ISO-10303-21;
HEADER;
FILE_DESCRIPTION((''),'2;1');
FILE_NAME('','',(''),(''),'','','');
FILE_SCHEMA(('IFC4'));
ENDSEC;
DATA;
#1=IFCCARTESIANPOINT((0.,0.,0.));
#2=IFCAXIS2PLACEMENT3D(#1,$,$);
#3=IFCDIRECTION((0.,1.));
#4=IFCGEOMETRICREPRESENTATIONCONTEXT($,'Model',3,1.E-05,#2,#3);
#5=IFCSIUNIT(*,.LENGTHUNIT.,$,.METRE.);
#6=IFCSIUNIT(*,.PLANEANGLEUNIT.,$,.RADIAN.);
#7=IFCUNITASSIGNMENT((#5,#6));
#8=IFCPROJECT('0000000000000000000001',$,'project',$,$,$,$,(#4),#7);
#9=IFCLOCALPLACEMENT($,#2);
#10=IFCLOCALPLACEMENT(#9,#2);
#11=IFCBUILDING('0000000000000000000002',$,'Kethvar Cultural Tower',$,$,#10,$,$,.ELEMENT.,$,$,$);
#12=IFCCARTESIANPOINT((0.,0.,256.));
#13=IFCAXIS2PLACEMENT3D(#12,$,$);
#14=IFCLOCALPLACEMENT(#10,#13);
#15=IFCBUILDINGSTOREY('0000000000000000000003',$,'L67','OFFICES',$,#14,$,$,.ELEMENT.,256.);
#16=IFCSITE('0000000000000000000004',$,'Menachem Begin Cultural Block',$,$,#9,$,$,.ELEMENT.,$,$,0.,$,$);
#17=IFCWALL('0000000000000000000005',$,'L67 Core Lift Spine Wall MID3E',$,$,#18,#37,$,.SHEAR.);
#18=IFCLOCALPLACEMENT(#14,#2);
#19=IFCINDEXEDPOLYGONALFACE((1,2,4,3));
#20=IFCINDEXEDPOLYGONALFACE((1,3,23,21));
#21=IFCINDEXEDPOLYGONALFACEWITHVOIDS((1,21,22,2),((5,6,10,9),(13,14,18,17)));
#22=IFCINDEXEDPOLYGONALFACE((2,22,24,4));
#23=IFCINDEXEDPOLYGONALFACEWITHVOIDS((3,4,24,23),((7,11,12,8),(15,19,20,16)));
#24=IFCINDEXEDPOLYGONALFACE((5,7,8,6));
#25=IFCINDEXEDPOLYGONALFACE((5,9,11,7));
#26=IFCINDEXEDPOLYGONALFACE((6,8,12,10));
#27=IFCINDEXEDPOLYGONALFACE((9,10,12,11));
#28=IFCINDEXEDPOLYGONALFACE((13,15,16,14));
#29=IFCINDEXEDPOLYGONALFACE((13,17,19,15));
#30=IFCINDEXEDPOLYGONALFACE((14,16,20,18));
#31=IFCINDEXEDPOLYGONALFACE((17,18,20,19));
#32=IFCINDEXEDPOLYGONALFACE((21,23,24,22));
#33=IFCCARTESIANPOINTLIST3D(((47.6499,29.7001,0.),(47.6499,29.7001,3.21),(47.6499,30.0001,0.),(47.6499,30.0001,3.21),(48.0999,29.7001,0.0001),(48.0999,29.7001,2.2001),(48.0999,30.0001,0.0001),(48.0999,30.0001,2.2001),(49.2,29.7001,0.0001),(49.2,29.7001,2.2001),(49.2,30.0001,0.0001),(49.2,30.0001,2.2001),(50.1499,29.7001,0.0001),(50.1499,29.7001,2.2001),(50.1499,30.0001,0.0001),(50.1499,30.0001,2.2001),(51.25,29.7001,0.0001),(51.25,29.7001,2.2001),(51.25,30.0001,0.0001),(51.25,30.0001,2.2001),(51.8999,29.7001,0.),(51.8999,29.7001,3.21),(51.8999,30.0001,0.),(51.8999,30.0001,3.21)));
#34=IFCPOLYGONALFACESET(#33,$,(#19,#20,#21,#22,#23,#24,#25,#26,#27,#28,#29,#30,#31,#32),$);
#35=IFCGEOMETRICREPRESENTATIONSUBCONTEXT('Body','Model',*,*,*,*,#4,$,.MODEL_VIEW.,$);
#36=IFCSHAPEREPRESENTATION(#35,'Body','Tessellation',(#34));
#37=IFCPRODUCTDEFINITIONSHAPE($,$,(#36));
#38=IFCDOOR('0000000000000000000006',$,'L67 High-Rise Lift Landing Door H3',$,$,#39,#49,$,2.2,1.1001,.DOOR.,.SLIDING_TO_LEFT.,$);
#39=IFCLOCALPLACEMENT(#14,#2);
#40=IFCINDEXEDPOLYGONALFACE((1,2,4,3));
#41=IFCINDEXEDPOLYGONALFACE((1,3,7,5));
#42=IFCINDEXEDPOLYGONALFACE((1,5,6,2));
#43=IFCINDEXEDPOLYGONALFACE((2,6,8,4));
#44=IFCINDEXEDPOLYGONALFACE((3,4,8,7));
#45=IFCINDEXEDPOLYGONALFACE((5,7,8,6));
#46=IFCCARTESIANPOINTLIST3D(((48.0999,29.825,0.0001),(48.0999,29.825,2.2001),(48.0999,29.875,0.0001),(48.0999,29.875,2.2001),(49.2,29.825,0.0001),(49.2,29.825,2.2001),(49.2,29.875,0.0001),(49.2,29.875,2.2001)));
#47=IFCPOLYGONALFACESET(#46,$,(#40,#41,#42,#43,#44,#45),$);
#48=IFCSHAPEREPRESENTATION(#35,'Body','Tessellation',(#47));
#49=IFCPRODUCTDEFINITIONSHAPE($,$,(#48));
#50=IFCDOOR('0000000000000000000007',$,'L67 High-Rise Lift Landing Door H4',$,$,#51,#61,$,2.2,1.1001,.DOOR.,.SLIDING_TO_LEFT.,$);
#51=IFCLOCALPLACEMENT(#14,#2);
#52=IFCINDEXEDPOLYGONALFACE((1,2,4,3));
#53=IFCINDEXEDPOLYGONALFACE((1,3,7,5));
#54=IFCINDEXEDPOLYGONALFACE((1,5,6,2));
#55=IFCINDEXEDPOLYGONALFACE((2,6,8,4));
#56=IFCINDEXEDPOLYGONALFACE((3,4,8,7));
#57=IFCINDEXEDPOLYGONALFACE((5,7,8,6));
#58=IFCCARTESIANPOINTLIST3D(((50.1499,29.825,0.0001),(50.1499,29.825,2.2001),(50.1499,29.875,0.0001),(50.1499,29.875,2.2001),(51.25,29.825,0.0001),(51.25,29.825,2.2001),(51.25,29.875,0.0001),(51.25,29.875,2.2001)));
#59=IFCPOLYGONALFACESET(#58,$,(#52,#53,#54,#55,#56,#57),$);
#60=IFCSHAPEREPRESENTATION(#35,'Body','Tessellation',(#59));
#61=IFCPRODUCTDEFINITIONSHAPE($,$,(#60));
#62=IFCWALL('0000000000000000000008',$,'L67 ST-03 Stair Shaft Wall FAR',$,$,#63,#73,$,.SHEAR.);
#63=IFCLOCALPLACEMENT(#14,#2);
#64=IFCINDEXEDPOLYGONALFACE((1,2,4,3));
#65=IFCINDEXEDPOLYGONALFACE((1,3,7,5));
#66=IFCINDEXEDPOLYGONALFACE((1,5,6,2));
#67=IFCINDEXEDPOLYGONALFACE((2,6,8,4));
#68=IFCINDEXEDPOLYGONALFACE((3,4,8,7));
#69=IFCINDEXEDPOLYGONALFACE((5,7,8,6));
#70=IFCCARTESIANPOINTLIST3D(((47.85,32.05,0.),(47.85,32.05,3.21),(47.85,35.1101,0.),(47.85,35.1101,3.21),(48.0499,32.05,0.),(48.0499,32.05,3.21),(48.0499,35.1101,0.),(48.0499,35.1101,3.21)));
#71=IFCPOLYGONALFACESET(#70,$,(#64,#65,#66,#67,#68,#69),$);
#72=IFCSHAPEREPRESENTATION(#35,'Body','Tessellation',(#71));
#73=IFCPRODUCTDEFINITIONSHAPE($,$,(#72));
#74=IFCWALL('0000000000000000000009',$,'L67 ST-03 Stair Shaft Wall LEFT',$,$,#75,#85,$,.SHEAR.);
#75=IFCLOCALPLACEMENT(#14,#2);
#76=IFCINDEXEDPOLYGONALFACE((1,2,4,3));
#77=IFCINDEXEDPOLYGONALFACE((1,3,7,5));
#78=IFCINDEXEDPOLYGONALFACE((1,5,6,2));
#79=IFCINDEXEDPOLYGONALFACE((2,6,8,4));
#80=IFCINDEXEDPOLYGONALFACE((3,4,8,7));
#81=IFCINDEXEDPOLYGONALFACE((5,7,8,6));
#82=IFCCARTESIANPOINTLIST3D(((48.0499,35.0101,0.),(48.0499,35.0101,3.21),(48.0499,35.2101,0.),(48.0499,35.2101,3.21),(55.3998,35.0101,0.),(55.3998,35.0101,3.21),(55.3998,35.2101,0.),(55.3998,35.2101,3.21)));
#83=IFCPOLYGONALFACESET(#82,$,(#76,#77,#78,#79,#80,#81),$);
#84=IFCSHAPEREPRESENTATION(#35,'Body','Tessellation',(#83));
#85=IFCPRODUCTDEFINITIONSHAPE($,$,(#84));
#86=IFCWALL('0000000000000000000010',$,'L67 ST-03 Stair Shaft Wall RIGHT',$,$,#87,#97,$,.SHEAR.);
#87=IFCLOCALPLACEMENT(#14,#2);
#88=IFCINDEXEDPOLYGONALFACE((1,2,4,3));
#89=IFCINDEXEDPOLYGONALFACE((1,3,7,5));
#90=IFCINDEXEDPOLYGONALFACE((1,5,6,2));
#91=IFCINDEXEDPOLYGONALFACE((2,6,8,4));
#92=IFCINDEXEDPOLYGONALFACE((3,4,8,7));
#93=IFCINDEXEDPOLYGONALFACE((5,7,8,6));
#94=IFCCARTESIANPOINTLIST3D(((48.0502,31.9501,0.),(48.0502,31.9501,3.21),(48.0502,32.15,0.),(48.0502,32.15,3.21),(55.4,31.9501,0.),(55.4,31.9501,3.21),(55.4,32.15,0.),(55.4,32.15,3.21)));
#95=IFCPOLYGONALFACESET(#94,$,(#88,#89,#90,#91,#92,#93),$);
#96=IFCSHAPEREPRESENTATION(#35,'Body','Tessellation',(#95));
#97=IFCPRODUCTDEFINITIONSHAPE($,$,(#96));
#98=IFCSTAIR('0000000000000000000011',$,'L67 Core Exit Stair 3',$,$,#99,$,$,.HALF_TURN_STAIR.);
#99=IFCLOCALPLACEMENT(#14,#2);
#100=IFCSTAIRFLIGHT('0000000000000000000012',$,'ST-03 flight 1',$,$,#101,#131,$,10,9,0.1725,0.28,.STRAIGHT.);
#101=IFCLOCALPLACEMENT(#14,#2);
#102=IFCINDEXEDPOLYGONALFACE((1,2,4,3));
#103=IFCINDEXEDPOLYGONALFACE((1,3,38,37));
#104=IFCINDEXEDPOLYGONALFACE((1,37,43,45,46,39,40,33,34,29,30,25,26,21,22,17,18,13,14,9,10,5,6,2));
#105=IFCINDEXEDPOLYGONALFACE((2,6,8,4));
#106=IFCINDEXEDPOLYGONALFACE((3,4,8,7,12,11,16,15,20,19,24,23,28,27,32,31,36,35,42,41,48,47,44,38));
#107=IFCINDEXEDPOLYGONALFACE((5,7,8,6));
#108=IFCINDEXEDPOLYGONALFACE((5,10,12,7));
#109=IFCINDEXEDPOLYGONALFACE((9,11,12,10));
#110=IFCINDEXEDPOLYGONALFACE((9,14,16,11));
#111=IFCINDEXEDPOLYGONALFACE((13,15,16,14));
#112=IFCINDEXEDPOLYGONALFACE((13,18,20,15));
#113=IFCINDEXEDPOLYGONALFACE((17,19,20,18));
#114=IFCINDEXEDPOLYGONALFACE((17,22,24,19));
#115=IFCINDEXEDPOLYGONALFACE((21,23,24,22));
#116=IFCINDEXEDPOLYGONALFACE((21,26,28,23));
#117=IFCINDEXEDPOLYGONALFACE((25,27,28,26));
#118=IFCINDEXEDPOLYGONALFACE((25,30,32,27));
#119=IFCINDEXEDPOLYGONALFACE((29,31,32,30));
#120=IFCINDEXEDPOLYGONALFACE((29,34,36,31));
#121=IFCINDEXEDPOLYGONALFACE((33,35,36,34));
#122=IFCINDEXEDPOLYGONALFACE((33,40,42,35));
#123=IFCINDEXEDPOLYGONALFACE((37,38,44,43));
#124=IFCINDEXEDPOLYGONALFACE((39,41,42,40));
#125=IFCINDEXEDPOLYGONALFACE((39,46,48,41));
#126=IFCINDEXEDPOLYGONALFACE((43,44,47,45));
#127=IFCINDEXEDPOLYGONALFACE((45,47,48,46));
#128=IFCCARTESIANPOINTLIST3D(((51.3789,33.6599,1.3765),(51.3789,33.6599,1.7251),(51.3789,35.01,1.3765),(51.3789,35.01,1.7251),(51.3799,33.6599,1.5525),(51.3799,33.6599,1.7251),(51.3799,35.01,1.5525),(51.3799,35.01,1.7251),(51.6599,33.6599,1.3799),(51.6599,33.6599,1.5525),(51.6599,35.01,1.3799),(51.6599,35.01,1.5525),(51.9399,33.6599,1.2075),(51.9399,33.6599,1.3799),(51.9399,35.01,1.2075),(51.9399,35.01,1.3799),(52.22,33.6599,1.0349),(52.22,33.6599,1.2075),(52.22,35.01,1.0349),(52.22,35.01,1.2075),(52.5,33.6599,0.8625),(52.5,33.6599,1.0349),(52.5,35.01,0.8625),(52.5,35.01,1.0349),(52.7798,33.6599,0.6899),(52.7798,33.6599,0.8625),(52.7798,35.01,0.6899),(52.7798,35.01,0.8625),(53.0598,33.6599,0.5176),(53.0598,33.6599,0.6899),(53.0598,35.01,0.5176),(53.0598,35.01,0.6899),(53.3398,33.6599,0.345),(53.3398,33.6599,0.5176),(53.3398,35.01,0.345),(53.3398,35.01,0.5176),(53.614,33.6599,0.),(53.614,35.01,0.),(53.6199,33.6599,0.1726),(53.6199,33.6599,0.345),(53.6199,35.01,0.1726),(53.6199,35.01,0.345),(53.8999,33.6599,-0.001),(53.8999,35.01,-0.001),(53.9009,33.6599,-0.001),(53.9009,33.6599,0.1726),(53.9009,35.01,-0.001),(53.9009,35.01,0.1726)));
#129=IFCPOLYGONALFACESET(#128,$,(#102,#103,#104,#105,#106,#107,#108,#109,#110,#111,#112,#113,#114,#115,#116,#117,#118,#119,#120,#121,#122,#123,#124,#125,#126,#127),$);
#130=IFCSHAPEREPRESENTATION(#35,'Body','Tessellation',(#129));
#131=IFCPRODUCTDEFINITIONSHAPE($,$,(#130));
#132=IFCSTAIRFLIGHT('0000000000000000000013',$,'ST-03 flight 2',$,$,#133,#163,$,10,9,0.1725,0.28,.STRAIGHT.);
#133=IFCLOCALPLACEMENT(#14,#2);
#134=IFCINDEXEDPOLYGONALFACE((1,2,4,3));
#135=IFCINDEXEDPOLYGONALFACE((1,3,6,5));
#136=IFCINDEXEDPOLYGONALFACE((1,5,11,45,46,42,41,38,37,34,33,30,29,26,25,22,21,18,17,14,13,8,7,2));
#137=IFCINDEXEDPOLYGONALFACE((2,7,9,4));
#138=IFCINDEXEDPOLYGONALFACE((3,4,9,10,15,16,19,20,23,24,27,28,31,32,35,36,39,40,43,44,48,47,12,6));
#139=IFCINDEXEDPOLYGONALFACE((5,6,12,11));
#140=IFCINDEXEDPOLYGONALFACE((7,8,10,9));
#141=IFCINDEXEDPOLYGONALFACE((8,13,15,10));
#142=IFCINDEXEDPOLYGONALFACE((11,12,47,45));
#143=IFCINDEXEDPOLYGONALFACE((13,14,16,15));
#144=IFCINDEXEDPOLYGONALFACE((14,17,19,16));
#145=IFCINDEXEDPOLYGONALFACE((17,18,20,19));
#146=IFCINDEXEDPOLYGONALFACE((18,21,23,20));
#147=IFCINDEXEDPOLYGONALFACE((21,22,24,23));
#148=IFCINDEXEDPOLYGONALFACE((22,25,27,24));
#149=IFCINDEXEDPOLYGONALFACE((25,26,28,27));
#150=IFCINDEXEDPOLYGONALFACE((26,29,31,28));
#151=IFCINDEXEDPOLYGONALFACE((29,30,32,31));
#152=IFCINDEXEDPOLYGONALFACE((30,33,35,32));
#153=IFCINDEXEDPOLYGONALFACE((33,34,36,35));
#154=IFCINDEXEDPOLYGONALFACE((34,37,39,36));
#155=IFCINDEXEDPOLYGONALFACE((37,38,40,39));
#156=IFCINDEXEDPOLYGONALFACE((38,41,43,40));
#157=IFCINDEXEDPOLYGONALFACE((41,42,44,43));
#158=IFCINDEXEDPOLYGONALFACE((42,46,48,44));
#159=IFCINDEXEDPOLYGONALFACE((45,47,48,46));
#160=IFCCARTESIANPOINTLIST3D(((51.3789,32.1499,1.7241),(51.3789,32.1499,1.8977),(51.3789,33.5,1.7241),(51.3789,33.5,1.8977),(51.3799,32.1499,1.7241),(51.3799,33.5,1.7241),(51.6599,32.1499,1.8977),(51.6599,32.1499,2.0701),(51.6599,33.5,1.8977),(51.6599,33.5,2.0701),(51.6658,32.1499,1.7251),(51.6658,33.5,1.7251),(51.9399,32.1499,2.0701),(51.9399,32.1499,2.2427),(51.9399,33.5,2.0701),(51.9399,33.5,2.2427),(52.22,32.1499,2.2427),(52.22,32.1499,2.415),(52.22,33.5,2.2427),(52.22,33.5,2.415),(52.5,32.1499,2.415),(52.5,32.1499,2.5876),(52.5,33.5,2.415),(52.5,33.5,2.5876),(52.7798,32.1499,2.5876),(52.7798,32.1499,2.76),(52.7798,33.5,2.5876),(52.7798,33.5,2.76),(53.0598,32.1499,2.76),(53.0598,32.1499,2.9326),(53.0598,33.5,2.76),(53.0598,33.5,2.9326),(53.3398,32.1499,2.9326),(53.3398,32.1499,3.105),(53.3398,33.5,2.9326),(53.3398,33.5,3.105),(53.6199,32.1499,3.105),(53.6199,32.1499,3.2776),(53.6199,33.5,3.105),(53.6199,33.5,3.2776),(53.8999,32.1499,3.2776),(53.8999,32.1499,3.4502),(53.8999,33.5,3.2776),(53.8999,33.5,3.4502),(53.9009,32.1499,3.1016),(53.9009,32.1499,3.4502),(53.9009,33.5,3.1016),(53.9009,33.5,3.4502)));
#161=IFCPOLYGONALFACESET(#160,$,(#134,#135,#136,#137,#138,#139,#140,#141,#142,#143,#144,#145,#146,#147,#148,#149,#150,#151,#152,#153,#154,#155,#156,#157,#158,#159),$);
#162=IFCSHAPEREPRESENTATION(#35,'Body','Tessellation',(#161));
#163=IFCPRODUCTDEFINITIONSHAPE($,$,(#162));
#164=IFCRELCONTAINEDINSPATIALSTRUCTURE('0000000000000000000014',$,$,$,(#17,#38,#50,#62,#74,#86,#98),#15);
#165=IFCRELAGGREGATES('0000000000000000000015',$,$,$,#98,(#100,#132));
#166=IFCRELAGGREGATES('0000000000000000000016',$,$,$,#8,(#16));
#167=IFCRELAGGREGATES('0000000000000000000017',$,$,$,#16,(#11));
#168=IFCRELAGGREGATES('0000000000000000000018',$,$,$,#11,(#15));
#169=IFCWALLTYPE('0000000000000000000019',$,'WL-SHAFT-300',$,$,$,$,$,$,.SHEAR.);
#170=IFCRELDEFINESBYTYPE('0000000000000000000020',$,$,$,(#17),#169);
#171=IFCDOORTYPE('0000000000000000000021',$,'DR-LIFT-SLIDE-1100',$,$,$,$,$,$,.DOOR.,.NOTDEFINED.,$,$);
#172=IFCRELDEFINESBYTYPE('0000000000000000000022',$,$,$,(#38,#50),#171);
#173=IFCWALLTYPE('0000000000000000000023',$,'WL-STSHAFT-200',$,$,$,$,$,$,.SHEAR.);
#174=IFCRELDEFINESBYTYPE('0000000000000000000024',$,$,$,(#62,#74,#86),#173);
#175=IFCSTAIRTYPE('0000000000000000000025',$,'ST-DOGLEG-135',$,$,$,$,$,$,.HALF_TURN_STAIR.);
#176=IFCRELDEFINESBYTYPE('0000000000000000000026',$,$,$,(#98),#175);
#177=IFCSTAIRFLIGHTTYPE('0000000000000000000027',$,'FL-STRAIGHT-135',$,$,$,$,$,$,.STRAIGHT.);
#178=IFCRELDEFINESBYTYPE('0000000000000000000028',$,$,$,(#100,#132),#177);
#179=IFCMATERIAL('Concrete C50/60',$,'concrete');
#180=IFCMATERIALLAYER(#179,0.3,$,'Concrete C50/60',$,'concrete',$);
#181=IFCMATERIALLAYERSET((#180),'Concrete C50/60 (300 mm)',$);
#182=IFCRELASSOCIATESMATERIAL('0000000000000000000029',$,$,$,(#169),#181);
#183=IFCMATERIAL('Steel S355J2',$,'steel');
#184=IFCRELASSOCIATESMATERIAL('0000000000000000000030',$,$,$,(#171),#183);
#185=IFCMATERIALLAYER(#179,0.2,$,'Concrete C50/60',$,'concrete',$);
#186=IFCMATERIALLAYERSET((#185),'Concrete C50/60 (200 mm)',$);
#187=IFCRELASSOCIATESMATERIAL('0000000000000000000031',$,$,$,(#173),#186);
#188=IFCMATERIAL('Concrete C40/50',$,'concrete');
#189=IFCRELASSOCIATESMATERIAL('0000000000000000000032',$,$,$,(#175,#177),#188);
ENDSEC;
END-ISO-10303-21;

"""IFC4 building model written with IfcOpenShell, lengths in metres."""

from ifc_helpers import new_model, si_unit, direction, frame, frame_2d, origin, place, context, subcontext, project, spatial, polyline, rectangle, outline, extrude, source, transform, mapped, material, layer, layer_set, type_object, element, fill, aggregate, save


model = new_model("IFC4")

# Units and contexts
model_context = context("Model", 3, precision=1e-05, world=origin(), true_north=direction((0.0, 1.0)))
body_context = subcontext(model_context, "Body", "Model", "MODEL_VIEW")
ifc_project = project(units=[si_unit("LENGTHUNIT", "METRE"), si_unit("PLANEANGLEUNIT", "RADIAN")], contexts=[model_context])

# Site, building, storey
site_placement = place(None, origin())
site = spatial("IfcSite", under=ifc_project, at=site_placement, Name="Menachem Begin Cultural Block", CompositionType="ELEMENT", RefElevation=0.0)
building_placement = place(site_placement, origin())
building = spatial("IfcBuilding", under=site, at=building_placement, Name="Kethvar Cultural Tower", CompositionType="ELEMENT")
storey_placement = place(building_placement, frame((0.0, 0.0, 256.0)))
storey = spatial("IfcBuildingStorey", under=building, at=storey_placement, Name="L67", Description="OFFICES", CompositionType="ELEMENT", Elevation=256.0)

# Shared definitions
ifc_material_1 = material(Name="Steel S355J2", Category="steel")

# Shared definitions
ifc_material_2 = material(Name="Concrete C40/50", Category="concrete")

# Wall, openings, doors
ifc_material_3 = material(Name="Concrete C50/60", Category="concrete")
ifc_layer_1 = layer(ifc_material_3, 0.3, Name="Concrete C50/60", Category="concrete")
ifc_layer_set_1 = layer_set([ifc_layer_1], Name="Concrete C50/60 (300 mm)")
wall_type_1 = type_object("IfcWallType", Name="WL-SHAFT-300", PredefinedType="SHEAR", material=ifc_layer_set_1)
wall_1_placement = place(storey_placement, frame((47.6499, 29.8501, 0.0), z_axis=(0.0, 0.0, 1.0), x_axis=(1.0, 0.0, 0.0)))
wall_1 = element("IfcWall", 1, at=wall_1_placement, inside=storey, type_object=wall_type_1, Name="L67 Core Lift Spine Wall MID3E", PredefinedType="SHEAR", context=body_context, shape_type="SweptSolid", body=[
    extrude(rectangle(XDim=4.25, YDim=0.3, at=frame_2d((2.125, 0.0))), origin(), (0.0, 0.0, 1.0), 3.21),
])
opening_1_placement = place(wall_1_placement, frame((0.45, 0.0, 0.0)))
opening_1 = element("IfcOpeningElement", 2, at=opening_1_placement, cuts=wall_1, PredefinedType="OPENING", context=body_context, shape_type="SweptSolid", body=[
    extrude(rectangle(XDim=1.1001, YDim=2.2, at=frame_2d((0.55, 1.1001))), frame((0.0, 0.1599, 0.0), z_axis=(0.0, -1.0, 0.0), x_axis=(1.0, 0.0, 0.0)), (0.0, 0.0, 1.0), 0.3201),
])
opening_2_placement = place(wall_1_placement, frame((2.5, 0.0, 0.0)))
opening_2 = element("IfcOpeningElement", 3, at=opening_2_placement, cuts=wall_1, PredefinedType="OPENING", context=body_context, shape_type="SweptSolid", body=[
    extrude(rectangle(XDim=1.1001, YDim=2.2, at=frame_2d((0.55, 1.1001))), frame((0.0, 0.1599, 0.0), z_axis=(0.0, -1.0, 0.0), x_axis=(1.0, 0.0, 0.0)), (0.0, 0.0, 1.0), 0.3201),
])
door_type = type_object("IfcDoorType", Name="DR-LIFT-SLIDE-1100", OperationType="NOTDEFINED", PredefinedType="DOOR", material=ifc_material_1)
shared_shape_1 = source(origin(), body_context, "Body", "SweptSolid", [
    extrude(rectangle(XDim=1.1001, YDim=2.2, at=frame_2d((0.55, 1.1001))), frame((0.0, 0.0249, 0.0), z_axis=(0.0, -1.0, 0.0), x_axis=(1.0, 0.0, 0.0)), (0.0, 0.0, 1.0), 0.05),
])
door_1_placement = place(opening_1_placement, origin())
door_1 = element("IfcDoor", 4, at=door_1_placement, inside=storey, type_object=door_type, Name="L67 High-Rise Lift Landing Door H3", OperationType="SLIDING_TO_LEFT", OverallHeight=2.2, OverallWidth=1.1001, PredefinedType="DOOR", context=body_context, shape_type="MappedRepresentation", body=[
    mapped(shared_shape_1, transform((0.0, 0.0, 0.0), scale=1.0)),
])
fill(opening_1, door_1)
door_2_placement = place(opening_2_placement, origin())
door_2 = element("IfcDoor", 5, at=door_2_placement, inside=storey, type_object=door_type, Name="L67 High-Rise Lift Landing Door H4", OperationType="SLIDING_TO_LEFT", OverallHeight=2.2, OverallWidth=1.1001, PredefinedType="DOOR", context=body_context, shape_type="MappedRepresentation", body=[
    mapped(shared_shape_1, transform((0.0, 0.0, 0.0), scale=1.0)),
])
fill(opening_2, door_2)

# Walls
ifc_layer_2 = layer(ifc_material_3, 0.2, Name="Concrete C50/60", Category="concrete")
ifc_layer_set_2 = layer_set([ifc_layer_2], Name="Concrete C50/60 (200 mm)")
wall_type_2 = type_object("IfcWallType", Name="WL-STSHAFT-200", PredefinedType="SHEAR", material=ifc_layer_set_2)
wall_2_placement = place(storey_placement, frame((47.95, 32.05, 0.0), z_axis=(0.0, 0.0, 1.0), x_axis=(0.0, 1.0, 0.0)))
element("IfcWall", 6, at=wall_2_placement, inside=storey, type_object=wall_type_2, Name="L67 ST-03 Stair Shaft Wall FAR", PredefinedType="SHEAR", context=body_context, shape_type="SweptSolid", body=[
    extrude(rectangle(XDim=3.0601, YDim=0.2, at=frame_2d((1.53, 0.0))), origin(), (0.0, 0.0, 1.0), 3.21),
])
for number, where, z_axis, x_axis, name in (
    (7, (48.05, 35.1101, 0.0), (0.0, 0.0, 1.0), (1.0, 0.0, 0.0), "L67 ST-03 Stair Shaft Wall LEFT"),
    (8, (55.3999, 32.05, 0.0), (0.0, 0.0, 1.0), (-1.0, 0.0, 0.0), "L67 ST-03 Stair Shaft Wall RIGHT"),
):
    element("IfcWall", number, at=place(storey_placement, frame(where, z_axis=z_axis, x_axis=x_axis)), inside=storey, type_object=wall_type_2, Name=name, PredefinedType="SHEAR", context=body_context, shape_type="SweptSolid", body=[
        extrude(rectangle(XDim=7.3499, YDim=0.2, at=frame_2d((3.6748, 0.0))), origin(), (0.0, 0.0, 1.0), 3.21),
    ])

# Stair, stair flights
stair_type = type_object("IfcStairType", Name="ST-DOGLEG-135", PredefinedType="HALF_TURN_STAIR", material=ifc_material_2)
stair_placement = place(storey_placement, origin())
stair = element("IfcStair", 9, at=stair_placement, inside=storey, type_object=stair_type, Name="L67 Core Exit Stair 3", PredefinedType="HALF_TURN_STAIR")
stair_flight_type = type_object("IfcStairFlightType", Name="FL-STRAIGHT-135", PredefinedType="STRAIGHT", material=ifc_material_2)
stair_flight_1_placement = place(storey_placement, frame((53.8999, 34.335, 0.0), z_axis=(0.0, 0.0, 1.0), x_axis=(-1.0, 0.0, 0.0)))
stair_flight_1 = element("IfcStairFlight", 10, at=stair_flight_1_placement, type_object=stair_flight_type, Name="ST-03 flight 1", NumberOfRisers=10, NumberOfTreads=9, PredefinedType="STRAIGHT", RiserHeight=0.1725, TreadLength=0.28, context=body_context, shape_type="SweptSolid", body=[
    extrude(outline(polyline([(-0.001, -0.001), (-0.001, 0.1726), (0.28, 0.1726), (0.28, 0.345), (0.5601, 0.345), (0.5601, 0.5176), (0.8401, 0.5176), (0.8401, 0.6899), (1.1201, 0.6899), (1.1201, 0.8625), (1.3999, 0.8625), (1.3999, 1.0349), (1.6799, 1.0349), (1.6799, 1.2075), (1.96, 1.2075), (1.96, 1.3799), (2.24, 1.3799), (2.24, 1.5525), (2.52, 1.5525), (2.52, 1.7251), (2.521, 1.7251), (2.521, 1.3765), (0.2859, 0.0), (0.0, -0.001), (-0.001, -0.001)])), frame((0.0, 0.675, 0.0), z_axis=(0.0, -1.0, 0.0), x_axis=(1.0, 0.0, 0.0)), (0.0, 0.0, 1.0), 1.3501),
])
stair_flight_2_placement = place(storey_placement, frame((51.3799, 32.825, 1.7251), z_axis=(0.0, 0.0, 1.0), x_axis=(1.0, 0.0, 0.0)))
stair_flight_2 = element("IfcStairFlight", 11, at=stair_flight_2_placement, type_object=stair_flight_type, Name="ST-03 flight 2", NumberOfRisers=10, NumberOfTreads=9, PredefinedType="STRAIGHT", RiserHeight=0.1725, TreadLength=0.28, context=body_context, shape_type="SweptSolid", body=[
    extrude(outline(polyline([(-0.001, -0.001), (-0.001, 0.1726), (0.28, 0.1726), (0.28, 0.345), (0.5601, 0.345), (0.5601, 0.5176), (0.8401, 0.5176), (0.8401, 0.6899), (1.1201, 0.6899), (1.1201, 0.8625), (1.3999, 0.8625), (1.3999, 1.0349), (1.6799, 1.0349), (1.6799, 1.2075), (1.96, 1.2075), (1.96, 1.3799), (2.24, 1.3799), (2.24, 1.5525), (2.52, 1.5525), (2.52, 1.7251), (2.521, 1.7251), (2.521, 1.3765), (0.2859, 0.0), (0.0, -0.001), (-0.001, -0.001)])), frame((0.0, 0.675, 0.0), z_axis=(0.0, -1.0, 0.0), x_axis=(1.0, 0.0, 0.0)), (0.0, 0.0, 1.0), 1.3501),
])
aggregate(stair, [stair_flight_1, stair_flight_2])

save(model, "model.ifc")
